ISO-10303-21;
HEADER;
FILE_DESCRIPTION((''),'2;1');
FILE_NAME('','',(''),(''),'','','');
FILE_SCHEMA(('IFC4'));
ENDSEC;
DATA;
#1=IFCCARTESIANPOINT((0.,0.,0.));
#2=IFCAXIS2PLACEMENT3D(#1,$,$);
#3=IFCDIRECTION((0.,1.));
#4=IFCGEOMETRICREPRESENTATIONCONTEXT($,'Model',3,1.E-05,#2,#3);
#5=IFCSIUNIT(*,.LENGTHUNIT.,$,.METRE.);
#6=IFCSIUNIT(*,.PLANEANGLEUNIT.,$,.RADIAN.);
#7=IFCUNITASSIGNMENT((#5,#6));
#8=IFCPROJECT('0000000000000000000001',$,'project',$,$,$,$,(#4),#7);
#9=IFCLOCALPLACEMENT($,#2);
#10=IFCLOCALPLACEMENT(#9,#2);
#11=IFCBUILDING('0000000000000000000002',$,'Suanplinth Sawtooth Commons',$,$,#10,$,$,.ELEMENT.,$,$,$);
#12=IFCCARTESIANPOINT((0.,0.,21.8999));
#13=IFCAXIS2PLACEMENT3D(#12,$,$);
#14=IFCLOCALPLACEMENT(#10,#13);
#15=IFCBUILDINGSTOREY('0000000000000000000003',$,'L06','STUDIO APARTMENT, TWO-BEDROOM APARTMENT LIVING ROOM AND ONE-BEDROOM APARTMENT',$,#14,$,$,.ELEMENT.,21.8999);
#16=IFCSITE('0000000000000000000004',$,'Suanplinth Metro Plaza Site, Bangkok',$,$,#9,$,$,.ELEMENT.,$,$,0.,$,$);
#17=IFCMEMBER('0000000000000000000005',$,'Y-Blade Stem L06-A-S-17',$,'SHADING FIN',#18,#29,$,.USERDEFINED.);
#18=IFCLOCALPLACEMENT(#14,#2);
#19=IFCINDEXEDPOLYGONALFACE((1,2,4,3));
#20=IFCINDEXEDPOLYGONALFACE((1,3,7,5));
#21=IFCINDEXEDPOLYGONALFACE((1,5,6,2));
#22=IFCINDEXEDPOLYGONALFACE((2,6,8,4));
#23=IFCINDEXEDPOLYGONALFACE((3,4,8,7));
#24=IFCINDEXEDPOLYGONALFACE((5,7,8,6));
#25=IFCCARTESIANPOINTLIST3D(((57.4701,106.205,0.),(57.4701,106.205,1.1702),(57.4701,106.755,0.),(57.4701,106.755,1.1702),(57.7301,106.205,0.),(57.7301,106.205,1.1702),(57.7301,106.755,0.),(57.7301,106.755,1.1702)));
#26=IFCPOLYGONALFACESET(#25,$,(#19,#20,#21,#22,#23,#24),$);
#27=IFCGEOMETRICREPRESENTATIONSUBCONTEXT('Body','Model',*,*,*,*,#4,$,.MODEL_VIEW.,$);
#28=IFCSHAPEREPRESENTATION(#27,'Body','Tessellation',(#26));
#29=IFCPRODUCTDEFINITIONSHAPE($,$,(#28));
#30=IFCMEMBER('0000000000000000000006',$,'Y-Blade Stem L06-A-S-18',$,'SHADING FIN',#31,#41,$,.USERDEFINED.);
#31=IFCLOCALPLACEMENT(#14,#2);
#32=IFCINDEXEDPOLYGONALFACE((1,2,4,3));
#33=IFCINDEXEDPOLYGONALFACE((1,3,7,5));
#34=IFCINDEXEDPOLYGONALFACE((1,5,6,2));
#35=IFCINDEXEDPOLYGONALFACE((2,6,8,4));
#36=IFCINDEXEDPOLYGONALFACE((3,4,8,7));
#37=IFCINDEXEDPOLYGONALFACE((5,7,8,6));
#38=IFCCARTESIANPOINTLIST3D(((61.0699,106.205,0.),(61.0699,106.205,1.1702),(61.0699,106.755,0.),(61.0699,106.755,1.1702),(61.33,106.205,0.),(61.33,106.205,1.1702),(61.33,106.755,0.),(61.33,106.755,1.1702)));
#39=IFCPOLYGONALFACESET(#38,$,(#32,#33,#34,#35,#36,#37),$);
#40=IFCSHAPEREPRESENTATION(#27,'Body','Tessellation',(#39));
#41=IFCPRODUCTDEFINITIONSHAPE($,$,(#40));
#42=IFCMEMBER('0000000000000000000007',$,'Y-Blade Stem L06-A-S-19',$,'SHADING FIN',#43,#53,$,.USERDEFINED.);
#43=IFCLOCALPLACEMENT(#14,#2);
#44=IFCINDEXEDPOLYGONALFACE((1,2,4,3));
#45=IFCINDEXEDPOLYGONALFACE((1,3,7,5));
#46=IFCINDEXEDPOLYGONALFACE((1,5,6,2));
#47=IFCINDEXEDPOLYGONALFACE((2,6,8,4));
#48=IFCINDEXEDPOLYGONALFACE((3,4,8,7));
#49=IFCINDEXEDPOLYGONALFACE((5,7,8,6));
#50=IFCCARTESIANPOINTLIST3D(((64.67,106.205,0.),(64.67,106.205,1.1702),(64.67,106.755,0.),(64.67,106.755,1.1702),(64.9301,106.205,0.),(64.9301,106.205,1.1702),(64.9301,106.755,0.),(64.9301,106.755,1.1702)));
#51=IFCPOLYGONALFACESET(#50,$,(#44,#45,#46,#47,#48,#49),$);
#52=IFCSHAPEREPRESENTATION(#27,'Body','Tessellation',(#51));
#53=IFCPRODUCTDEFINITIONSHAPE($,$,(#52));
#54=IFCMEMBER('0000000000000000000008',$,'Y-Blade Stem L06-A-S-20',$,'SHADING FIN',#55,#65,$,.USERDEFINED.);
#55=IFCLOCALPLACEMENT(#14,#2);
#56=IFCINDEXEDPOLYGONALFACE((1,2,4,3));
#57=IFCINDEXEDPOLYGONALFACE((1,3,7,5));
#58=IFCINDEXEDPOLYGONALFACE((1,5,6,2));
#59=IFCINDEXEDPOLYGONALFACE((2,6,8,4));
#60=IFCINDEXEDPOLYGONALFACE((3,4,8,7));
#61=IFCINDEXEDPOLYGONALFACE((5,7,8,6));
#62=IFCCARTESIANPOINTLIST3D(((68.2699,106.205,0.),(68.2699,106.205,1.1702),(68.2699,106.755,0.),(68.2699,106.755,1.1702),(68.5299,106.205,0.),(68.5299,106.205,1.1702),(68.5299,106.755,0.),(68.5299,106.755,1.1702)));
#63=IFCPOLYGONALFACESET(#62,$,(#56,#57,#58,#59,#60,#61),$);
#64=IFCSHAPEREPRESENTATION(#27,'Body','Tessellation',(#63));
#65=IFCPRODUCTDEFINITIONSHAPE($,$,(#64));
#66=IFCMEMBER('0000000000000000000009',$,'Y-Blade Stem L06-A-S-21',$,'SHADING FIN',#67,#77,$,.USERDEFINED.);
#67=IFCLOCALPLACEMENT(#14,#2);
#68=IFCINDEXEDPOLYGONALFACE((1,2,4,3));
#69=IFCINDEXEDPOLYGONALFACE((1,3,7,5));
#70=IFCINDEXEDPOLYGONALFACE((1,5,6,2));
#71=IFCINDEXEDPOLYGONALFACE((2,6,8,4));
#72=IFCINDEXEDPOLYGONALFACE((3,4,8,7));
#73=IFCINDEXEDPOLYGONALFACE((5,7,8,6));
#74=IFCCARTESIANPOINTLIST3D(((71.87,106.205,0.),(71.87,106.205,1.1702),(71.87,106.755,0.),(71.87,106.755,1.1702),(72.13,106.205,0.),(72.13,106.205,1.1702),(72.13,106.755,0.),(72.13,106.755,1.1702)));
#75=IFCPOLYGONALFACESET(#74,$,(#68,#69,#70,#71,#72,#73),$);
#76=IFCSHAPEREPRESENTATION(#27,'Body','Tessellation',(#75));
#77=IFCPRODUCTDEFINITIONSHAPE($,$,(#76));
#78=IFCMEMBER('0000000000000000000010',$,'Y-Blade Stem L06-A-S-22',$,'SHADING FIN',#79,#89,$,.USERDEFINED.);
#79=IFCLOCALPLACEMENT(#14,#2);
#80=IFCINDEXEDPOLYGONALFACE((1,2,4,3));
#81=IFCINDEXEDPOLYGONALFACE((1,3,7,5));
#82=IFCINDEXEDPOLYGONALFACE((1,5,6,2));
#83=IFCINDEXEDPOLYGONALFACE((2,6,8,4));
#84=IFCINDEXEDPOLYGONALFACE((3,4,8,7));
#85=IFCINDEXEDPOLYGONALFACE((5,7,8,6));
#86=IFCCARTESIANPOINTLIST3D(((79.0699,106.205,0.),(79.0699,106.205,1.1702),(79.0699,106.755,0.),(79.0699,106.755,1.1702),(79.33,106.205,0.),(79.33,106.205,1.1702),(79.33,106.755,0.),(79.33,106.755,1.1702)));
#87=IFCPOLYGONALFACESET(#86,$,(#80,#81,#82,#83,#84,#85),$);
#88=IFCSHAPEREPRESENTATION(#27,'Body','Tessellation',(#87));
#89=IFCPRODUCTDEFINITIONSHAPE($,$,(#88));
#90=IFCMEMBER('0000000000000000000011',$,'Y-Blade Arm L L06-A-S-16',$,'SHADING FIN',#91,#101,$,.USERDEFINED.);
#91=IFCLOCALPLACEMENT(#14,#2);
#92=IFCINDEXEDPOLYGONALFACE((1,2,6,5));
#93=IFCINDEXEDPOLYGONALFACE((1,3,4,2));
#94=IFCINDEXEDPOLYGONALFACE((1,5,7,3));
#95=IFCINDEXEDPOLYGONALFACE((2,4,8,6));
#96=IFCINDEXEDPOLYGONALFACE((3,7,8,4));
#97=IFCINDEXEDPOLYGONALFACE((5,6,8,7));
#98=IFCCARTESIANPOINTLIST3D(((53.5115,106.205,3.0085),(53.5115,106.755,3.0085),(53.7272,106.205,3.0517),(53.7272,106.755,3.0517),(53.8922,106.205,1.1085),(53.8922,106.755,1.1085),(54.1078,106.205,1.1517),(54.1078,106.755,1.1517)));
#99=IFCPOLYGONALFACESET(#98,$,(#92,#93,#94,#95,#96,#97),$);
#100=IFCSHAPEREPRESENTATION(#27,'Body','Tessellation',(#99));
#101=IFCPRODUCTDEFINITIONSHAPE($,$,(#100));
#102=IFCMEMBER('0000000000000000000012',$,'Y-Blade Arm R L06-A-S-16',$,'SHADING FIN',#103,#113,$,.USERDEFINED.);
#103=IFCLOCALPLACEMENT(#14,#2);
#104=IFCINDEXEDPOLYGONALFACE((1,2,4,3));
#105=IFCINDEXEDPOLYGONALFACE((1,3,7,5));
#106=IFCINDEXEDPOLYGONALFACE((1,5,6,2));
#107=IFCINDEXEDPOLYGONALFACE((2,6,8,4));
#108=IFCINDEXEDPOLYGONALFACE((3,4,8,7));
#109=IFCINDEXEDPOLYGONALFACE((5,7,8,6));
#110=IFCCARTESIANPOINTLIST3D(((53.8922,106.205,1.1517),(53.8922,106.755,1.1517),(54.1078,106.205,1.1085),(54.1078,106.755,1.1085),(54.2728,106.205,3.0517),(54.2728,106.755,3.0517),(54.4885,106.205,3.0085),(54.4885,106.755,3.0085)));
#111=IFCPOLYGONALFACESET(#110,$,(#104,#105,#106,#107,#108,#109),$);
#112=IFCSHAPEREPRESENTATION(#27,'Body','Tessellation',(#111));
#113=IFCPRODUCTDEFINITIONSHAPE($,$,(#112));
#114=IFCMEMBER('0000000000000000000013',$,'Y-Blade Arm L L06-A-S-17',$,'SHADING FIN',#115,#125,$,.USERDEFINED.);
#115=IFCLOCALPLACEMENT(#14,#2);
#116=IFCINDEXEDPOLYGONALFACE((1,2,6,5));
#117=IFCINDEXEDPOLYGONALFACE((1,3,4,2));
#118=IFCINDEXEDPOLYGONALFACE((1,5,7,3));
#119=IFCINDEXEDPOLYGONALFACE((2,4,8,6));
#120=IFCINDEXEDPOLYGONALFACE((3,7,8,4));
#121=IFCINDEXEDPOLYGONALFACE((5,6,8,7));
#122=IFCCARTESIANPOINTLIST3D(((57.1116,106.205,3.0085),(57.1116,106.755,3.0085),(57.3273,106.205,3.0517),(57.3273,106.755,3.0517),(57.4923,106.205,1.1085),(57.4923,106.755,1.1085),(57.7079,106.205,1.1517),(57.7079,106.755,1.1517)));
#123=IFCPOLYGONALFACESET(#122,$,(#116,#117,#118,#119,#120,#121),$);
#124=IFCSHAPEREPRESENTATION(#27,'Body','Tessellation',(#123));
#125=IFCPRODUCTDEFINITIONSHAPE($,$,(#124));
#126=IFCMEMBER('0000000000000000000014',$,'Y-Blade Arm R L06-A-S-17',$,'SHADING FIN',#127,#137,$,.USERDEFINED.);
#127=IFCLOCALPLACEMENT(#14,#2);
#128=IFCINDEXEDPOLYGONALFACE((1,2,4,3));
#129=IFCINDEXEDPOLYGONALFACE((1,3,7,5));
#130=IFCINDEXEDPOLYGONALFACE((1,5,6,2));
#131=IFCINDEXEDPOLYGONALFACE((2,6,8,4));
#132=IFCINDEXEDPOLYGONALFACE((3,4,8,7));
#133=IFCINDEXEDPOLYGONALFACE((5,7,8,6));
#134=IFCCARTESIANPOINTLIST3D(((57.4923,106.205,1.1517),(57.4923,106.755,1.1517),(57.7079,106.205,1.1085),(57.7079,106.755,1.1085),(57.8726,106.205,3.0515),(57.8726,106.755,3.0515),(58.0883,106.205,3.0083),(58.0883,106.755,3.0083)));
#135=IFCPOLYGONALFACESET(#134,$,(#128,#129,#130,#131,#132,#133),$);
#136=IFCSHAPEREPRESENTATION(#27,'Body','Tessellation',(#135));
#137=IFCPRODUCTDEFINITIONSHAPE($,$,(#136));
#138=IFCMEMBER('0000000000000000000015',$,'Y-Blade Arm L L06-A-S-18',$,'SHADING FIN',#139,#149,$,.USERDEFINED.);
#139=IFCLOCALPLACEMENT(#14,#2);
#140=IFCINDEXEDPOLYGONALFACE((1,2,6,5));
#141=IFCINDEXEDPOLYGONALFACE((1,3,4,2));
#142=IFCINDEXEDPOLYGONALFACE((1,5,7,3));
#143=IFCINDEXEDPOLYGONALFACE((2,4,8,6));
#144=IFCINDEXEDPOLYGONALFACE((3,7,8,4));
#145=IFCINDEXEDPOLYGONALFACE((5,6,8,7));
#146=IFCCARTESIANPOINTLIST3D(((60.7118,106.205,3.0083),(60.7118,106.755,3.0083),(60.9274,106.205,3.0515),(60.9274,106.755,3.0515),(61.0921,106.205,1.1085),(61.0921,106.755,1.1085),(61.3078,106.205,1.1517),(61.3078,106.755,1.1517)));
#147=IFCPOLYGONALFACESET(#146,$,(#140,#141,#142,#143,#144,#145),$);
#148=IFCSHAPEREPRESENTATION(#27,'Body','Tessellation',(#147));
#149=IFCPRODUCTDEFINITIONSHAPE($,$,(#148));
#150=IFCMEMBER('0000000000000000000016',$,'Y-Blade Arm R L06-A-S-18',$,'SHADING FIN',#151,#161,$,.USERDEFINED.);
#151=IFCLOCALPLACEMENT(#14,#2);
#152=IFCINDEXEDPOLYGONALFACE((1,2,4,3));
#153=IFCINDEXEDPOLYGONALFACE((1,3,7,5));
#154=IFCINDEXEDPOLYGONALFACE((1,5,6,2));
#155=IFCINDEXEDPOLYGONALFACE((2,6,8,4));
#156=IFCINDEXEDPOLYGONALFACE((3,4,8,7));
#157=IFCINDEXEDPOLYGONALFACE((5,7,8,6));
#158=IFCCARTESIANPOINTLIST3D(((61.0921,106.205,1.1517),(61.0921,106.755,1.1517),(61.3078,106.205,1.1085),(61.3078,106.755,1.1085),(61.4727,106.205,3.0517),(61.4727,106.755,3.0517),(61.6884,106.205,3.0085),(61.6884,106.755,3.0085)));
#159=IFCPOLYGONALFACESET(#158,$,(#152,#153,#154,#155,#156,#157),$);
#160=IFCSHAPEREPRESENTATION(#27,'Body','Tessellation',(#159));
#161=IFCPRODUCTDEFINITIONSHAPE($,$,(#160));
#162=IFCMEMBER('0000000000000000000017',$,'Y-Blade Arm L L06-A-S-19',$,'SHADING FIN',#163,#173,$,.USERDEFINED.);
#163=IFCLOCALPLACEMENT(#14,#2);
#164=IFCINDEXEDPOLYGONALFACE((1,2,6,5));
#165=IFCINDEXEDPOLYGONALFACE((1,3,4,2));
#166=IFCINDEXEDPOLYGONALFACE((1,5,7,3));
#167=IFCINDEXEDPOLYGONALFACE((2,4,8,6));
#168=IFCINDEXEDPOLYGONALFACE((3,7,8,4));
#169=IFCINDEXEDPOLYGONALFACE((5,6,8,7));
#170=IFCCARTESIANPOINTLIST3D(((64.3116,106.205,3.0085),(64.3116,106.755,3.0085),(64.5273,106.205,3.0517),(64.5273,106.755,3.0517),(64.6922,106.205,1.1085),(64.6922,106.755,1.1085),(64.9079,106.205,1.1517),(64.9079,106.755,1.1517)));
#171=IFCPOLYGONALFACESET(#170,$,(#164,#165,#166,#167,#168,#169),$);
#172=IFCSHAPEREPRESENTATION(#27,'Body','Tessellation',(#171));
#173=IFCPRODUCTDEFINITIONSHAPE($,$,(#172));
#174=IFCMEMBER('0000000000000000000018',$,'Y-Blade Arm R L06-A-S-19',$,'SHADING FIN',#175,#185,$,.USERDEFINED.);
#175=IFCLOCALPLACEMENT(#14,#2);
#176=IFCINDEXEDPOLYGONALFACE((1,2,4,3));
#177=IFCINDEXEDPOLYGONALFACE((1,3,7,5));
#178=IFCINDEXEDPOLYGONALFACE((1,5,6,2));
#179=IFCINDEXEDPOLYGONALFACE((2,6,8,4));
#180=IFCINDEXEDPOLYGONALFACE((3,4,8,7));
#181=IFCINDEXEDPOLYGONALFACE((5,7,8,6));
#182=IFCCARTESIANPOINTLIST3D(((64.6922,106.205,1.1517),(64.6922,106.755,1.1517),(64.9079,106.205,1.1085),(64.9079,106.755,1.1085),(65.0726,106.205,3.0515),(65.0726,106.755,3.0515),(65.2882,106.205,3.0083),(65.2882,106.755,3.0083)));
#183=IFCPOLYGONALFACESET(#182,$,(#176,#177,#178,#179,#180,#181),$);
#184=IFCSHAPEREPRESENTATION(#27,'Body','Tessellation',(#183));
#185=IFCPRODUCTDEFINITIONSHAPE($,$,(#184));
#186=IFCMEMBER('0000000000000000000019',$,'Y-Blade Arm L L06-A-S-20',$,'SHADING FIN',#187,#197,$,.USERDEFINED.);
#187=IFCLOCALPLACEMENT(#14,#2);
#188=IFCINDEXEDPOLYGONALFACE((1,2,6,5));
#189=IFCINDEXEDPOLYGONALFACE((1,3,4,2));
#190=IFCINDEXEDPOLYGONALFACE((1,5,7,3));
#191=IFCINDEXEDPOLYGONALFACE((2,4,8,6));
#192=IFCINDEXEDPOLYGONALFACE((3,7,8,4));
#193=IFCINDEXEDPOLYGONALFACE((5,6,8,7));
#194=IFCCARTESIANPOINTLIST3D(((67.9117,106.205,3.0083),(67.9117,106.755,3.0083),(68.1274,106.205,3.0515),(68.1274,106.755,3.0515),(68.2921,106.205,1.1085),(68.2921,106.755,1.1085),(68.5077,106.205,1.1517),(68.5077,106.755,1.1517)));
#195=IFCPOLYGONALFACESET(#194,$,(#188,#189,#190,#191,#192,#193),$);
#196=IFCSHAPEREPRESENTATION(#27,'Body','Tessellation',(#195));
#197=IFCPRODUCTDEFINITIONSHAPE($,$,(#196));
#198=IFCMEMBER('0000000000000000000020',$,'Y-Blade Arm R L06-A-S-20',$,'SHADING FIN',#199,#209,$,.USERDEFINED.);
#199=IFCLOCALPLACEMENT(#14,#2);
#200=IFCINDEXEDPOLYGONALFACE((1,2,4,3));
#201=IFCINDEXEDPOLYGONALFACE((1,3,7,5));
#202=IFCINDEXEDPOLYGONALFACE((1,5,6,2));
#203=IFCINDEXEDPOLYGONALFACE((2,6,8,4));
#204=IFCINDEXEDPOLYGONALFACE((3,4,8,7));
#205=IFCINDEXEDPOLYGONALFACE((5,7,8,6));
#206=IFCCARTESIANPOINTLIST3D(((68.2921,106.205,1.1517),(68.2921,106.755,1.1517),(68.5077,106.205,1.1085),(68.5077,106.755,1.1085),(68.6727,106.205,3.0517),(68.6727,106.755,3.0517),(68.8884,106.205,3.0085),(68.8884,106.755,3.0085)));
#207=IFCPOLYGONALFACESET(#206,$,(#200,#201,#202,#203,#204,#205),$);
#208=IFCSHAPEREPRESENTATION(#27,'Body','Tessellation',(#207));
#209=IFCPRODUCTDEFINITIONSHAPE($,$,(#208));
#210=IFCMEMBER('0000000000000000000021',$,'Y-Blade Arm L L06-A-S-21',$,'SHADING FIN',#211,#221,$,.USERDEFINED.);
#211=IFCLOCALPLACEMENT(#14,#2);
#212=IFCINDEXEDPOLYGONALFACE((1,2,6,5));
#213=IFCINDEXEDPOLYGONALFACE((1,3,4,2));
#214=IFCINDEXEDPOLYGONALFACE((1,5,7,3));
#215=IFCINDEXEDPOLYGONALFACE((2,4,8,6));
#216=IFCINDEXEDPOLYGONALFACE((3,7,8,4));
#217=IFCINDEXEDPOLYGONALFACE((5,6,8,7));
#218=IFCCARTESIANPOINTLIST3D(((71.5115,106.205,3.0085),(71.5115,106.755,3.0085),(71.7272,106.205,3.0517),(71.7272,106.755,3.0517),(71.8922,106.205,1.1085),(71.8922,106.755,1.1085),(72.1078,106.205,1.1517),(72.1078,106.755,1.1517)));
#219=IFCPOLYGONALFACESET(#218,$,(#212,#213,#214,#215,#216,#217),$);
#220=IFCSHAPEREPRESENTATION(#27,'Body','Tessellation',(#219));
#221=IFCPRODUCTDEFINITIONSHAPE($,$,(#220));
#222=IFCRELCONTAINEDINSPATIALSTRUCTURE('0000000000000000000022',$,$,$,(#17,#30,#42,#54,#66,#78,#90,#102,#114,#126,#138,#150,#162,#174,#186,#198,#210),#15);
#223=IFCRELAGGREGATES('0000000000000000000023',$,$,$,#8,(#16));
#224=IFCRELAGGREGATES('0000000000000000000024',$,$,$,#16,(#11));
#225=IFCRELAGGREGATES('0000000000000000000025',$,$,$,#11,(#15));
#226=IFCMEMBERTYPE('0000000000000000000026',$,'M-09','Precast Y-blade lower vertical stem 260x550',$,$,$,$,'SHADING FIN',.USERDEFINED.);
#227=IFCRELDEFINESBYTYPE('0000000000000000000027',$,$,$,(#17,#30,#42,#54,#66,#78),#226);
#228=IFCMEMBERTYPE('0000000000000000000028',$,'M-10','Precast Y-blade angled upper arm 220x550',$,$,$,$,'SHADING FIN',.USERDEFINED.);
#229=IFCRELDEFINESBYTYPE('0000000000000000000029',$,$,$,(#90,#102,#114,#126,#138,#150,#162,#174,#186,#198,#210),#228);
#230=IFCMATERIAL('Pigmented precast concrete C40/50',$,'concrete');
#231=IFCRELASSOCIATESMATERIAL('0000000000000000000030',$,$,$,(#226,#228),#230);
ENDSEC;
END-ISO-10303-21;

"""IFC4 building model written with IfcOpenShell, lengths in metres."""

from ifc_helpers import new_model, si_unit, direction, frame, origin, origin_2d, place, context, subcontext, project, spatial, rectangle, extrude, material, material_profile, profile_set, type_object, element, save


model = new_model("IFC4")

# Units and contexts
model_context = context("Model", 3, precision=1e-05, world=origin(), true_north=direction((0.0, 1.0)))
body_context = subcontext(model_context, "Body", "Model", "MODEL_VIEW")
ifc_project = project(units=[si_unit("LENGTHUNIT", "METRE"), si_unit("PLANEANGLEUNIT", "RADIAN")], contexts=[model_context])

# Site, building, storey
site_placement = place(None, origin())
site = spatial("IfcSite", under=ifc_project, at=site_placement, Name="Suanplinth Metro Plaza Site, Bangkok", CompositionType="ELEMENT", RefElevation=0.0)
building_placement = place(site_placement, origin())
building = spatial("IfcBuilding", under=site, at=building_placement, Name="Suanplinth Sawtooth Commons", CompositionType="ELEMENT")
storey_placement = place(building_placement, frame((0.0, 0.0, 21.8999)))
storey = spatial("IfcBuildingStorey", under=building, at=storey_placement, Name="L06", Description="STUDIO APARTMENT, TWO-BEDROOM APARTMENT LIVING ROOM AND ONE-BEDROOM APARTMENT", CompositionType="ELEMENT", Elevation=21.8999)

# Members
ifc_material = material(Name="Pigmented precast concrete C40/50", Category="concrete")
ifc_material_profile_1 = material_profile(ifc_material, rectangle(XDim=0.26, YDim=0.55, at=origin_2d()), Name="PC-FIN 260x550")
ifc_profile_set_1 = profile_set([ifc_material_profile_1], Name="Pigmented precast concrete C40/50")
member_type_1 = type_object("IfcMemberType", Name="M-09", Description="Precast Y-blade lower vertical stem 260x550", ElementType="SHADING FIN", PredefinedType="USERDEFINED", material=ifc_profile_set_1)
for number, where, z_axis, x_axis, name in (
    (1, (57.6001, 106.48, 0.0), (0.0, 0.0, 1.0), (1.0, 0.0, 0.0), "Y-Blade Stem L06-A-S-17"),
    (2, (61.2, 106.48, 0.0), (0.0, 0.0, 1.0), (1.0, 0.0, 0.0), "Y-Blade Stem L06-A-S-18"),
    (3, (64.8, 106.48, 0.0), (0.0, 0.0, 1.0), (1.0, 0.0, 0.0), "Y-Blade Stem L06-A-S-19"),
    (4, (68.3999, 106.48, 0.0), (0.0, 0.0, 1.0), (1.0, 0.0, 0.0), "Y-Blade Stem L06-A-S-20"),
    (5, (72.0, 106.48, 0.0), (0.0, 0.0, 1.0), (1.0, 0.0, 0.0), "Y-Blade Stem L06-A-S-21"),
    (6, (79.2, 106.48, 0.0), (0.0, 0.0, 1.0), (1.0, 0.0, 0.0), "Y-Blade Stem L06-A-S-22"),
):
    element("IfcMember", number, at=place(storey_placement, frame(where, z_axis=z_axis, x_axis=x_axis)), inside=storey, type_object=member_type_1, Name=name, ObjectType="SHADING FIN", PredefinedType="USERDEFINED", context=body_context, shape_type="SweptSolid", body=[
        extrude(rectangle(XDim=0.26, YDim=0.55, at=origin_2d()), origin(), (0.0, 0.0, 1.0), 1.1702),
    ])
ifc_material_profile_2 = material_profile(ifc_material, rectangle(XDim=0.22, YDim=0.55, at=origin_2d()), Name="PC-FIN 220x550")
ifc_profile_set_2 = profile_set([ifc_material_profile_2], Name="Pigmented precast concrete C40/50")
member_type_2 = type_object("IfcMemberType", Name="M-10", Description="Precast Y-blade angled upper arm 220x550", ElementType="SHADING FIN", PredefinedType="USERDEFINED", material=ifc_profile_set_2)
for number, where, z_axis, x_axis, name in (
    (7, (54.0, 106.48, 1.1301), (-0.196431, 0.0, 0.980518), (0.980518, 0.0, 0.196431), "Y-Blade Arm L L06-A-S-16"),
    (8, (54.0, 106.48, 1.1301), (0.196431, 0.0, 0.980518), (-0.980518, 0.0, 0.196431), "Y-Blade Arm R L06-A-S-16"),
    (9, (57.6001, 106.48, 1.1301), (-0.196431, 0.0, 0.980518), (0.980518, 0.0, 0.196431), "Y-Blade Arm L L06-A-S-17"),
):
    element("IfcMember", number, at=place(storey_placement, frame(where, z_axis=z_axis, x_axis=x_axis)), inside=storey, type_object=member_type_2, Name=name, ObjectType="SHADING FIN", PredefinedType="USERDEFINED", context=body_context, shape_type="SweptSolid", body=[
        extrude(rectangle(XDim=0.22, YDim=0.55, at=origin_2d()), origin(), (0.0, 0.0, 1.0), 1.9377),
    ])
for number, where, z_axis, x_axis, name in (
    (10, (57.6001, 106.48, 1.1301), (0.19631, 0.0, 0.980542), (-0.980542, 0.0, 0.19631), "Y-Blade Arm R L06-A-S-17"),
    (11, (61.2, 106.48, 1.1301), (-0.19631, 0.0, 0.980542), (0.980542, 0.0, 0.19631), "Y-Blade Arm L L06-A-S-18"),
):
    element("IfcMember", number, at=place(storey_placement, frame(where, z_axis=z_axis, x_axis=x_axis)), inside=storey, type_object=member_type_2, Name=name, ObjectType="SHADING FIN", PredefinedType="USERDEFINED", context=body_context, shape_type="SweptSolid", body=[
        extrude(rectangle(XDim=0.22, YDim=0.55, at=origin_2d()), origin(), (0.0, 0.0, 1.0), 1.9375),
    ])
for number, where, z_axis, x_axis, name in (
    (12, (61.2, 106.48, 1.1301), (0.196431, 0.0, 0.980518), (-0.980518, 0.0, 0.196431), "Y-Blade Arm R L06-A-S-18"),
    (13, (64.8, 106.48, 1.1301), (-0.196431, 0.0, 0.980518), (0.980518, 0.0, 0.196431), "Y-Blade Arm L L06-A-S-19"),
):
    element("IfcMember", number, at=place(storey_placement, frame(where, z_axis=z_axis, x_axis=x_axis)), inside=storey, type_object=member_type_2, Name=name, ObjectType="SHADING FIN", PredefinedType="USERDEFINED", context=body_context, shape_type="SweptSolid", body=[
        extrude(rectangle(XDim=0.22, YDim=0.55, at=origin_2d()), origin(), (0.0, 0.0, 1.0), 1.9377),
    ])
for number, where, z_axis, x_axis, name in (
    (14, (64.8, 106.48, 1.1301), (0.19631, 0.0, 0.980542), (-0.980542, 0.0, 0.19631), "Y-Blade Arm R L06-A-S-19"),
    (15, (68.3999, 106.48, 1.1301), (-0.19631, 0.0, 0.980542), (0.980542, 0.0, 0.19631), "Y-Blade Arm L L06-A-S-20"),
):
    element("IfcMember", number, at=place(storey_placement, frame(where, z_axis=z_axis, x_axis=x_axis)), inside=storey, type_object=member_type_2, Name=name, ObjectType="SHADING FIN", PredefinedType="USERDEFINED", context=body_context, shape_type="SweptSolid", body=[
        extrude(rectangle(XDim=0.22, YDim=0.55, at=origin_2d()), origin(), (0.0, 0.0, 1.0), 1.9375),
    ])
for number, where, z_axis, x_axis, name in (
    (16, (68.3999, 106.48, 1.1301), (0.196431, 0.0, 0.980518), (-0.980518, 0.0, 0.196431), "Y-Blade Arm R L06-A-S-20"),
    (17, (72.0, 106.48, 1.1301), (-0.196431, 0.0, 0.980518), (0.980518, 0.0, 0.196431), "Y-Blade Arm L L06-A-S-21"),
):
    element("IfcMember", number, at=place(storey_placement, frame(where, z_axis=z_axis, x_axis=x_axis)), inside=storey, type_object=member_type_2, Name=name, ObjectType="SHADING FIN", PredefinedType="USERDEFINED", context=body_context, shape_type="SweptSolid", body=[
        extrude(rectangle(XDim=0.22, YDim=0.55, at=origin_2d()), origin(), (0.0, 0.0, 1.0), 1.9377),
    ])

save(model, "model.ifc")
